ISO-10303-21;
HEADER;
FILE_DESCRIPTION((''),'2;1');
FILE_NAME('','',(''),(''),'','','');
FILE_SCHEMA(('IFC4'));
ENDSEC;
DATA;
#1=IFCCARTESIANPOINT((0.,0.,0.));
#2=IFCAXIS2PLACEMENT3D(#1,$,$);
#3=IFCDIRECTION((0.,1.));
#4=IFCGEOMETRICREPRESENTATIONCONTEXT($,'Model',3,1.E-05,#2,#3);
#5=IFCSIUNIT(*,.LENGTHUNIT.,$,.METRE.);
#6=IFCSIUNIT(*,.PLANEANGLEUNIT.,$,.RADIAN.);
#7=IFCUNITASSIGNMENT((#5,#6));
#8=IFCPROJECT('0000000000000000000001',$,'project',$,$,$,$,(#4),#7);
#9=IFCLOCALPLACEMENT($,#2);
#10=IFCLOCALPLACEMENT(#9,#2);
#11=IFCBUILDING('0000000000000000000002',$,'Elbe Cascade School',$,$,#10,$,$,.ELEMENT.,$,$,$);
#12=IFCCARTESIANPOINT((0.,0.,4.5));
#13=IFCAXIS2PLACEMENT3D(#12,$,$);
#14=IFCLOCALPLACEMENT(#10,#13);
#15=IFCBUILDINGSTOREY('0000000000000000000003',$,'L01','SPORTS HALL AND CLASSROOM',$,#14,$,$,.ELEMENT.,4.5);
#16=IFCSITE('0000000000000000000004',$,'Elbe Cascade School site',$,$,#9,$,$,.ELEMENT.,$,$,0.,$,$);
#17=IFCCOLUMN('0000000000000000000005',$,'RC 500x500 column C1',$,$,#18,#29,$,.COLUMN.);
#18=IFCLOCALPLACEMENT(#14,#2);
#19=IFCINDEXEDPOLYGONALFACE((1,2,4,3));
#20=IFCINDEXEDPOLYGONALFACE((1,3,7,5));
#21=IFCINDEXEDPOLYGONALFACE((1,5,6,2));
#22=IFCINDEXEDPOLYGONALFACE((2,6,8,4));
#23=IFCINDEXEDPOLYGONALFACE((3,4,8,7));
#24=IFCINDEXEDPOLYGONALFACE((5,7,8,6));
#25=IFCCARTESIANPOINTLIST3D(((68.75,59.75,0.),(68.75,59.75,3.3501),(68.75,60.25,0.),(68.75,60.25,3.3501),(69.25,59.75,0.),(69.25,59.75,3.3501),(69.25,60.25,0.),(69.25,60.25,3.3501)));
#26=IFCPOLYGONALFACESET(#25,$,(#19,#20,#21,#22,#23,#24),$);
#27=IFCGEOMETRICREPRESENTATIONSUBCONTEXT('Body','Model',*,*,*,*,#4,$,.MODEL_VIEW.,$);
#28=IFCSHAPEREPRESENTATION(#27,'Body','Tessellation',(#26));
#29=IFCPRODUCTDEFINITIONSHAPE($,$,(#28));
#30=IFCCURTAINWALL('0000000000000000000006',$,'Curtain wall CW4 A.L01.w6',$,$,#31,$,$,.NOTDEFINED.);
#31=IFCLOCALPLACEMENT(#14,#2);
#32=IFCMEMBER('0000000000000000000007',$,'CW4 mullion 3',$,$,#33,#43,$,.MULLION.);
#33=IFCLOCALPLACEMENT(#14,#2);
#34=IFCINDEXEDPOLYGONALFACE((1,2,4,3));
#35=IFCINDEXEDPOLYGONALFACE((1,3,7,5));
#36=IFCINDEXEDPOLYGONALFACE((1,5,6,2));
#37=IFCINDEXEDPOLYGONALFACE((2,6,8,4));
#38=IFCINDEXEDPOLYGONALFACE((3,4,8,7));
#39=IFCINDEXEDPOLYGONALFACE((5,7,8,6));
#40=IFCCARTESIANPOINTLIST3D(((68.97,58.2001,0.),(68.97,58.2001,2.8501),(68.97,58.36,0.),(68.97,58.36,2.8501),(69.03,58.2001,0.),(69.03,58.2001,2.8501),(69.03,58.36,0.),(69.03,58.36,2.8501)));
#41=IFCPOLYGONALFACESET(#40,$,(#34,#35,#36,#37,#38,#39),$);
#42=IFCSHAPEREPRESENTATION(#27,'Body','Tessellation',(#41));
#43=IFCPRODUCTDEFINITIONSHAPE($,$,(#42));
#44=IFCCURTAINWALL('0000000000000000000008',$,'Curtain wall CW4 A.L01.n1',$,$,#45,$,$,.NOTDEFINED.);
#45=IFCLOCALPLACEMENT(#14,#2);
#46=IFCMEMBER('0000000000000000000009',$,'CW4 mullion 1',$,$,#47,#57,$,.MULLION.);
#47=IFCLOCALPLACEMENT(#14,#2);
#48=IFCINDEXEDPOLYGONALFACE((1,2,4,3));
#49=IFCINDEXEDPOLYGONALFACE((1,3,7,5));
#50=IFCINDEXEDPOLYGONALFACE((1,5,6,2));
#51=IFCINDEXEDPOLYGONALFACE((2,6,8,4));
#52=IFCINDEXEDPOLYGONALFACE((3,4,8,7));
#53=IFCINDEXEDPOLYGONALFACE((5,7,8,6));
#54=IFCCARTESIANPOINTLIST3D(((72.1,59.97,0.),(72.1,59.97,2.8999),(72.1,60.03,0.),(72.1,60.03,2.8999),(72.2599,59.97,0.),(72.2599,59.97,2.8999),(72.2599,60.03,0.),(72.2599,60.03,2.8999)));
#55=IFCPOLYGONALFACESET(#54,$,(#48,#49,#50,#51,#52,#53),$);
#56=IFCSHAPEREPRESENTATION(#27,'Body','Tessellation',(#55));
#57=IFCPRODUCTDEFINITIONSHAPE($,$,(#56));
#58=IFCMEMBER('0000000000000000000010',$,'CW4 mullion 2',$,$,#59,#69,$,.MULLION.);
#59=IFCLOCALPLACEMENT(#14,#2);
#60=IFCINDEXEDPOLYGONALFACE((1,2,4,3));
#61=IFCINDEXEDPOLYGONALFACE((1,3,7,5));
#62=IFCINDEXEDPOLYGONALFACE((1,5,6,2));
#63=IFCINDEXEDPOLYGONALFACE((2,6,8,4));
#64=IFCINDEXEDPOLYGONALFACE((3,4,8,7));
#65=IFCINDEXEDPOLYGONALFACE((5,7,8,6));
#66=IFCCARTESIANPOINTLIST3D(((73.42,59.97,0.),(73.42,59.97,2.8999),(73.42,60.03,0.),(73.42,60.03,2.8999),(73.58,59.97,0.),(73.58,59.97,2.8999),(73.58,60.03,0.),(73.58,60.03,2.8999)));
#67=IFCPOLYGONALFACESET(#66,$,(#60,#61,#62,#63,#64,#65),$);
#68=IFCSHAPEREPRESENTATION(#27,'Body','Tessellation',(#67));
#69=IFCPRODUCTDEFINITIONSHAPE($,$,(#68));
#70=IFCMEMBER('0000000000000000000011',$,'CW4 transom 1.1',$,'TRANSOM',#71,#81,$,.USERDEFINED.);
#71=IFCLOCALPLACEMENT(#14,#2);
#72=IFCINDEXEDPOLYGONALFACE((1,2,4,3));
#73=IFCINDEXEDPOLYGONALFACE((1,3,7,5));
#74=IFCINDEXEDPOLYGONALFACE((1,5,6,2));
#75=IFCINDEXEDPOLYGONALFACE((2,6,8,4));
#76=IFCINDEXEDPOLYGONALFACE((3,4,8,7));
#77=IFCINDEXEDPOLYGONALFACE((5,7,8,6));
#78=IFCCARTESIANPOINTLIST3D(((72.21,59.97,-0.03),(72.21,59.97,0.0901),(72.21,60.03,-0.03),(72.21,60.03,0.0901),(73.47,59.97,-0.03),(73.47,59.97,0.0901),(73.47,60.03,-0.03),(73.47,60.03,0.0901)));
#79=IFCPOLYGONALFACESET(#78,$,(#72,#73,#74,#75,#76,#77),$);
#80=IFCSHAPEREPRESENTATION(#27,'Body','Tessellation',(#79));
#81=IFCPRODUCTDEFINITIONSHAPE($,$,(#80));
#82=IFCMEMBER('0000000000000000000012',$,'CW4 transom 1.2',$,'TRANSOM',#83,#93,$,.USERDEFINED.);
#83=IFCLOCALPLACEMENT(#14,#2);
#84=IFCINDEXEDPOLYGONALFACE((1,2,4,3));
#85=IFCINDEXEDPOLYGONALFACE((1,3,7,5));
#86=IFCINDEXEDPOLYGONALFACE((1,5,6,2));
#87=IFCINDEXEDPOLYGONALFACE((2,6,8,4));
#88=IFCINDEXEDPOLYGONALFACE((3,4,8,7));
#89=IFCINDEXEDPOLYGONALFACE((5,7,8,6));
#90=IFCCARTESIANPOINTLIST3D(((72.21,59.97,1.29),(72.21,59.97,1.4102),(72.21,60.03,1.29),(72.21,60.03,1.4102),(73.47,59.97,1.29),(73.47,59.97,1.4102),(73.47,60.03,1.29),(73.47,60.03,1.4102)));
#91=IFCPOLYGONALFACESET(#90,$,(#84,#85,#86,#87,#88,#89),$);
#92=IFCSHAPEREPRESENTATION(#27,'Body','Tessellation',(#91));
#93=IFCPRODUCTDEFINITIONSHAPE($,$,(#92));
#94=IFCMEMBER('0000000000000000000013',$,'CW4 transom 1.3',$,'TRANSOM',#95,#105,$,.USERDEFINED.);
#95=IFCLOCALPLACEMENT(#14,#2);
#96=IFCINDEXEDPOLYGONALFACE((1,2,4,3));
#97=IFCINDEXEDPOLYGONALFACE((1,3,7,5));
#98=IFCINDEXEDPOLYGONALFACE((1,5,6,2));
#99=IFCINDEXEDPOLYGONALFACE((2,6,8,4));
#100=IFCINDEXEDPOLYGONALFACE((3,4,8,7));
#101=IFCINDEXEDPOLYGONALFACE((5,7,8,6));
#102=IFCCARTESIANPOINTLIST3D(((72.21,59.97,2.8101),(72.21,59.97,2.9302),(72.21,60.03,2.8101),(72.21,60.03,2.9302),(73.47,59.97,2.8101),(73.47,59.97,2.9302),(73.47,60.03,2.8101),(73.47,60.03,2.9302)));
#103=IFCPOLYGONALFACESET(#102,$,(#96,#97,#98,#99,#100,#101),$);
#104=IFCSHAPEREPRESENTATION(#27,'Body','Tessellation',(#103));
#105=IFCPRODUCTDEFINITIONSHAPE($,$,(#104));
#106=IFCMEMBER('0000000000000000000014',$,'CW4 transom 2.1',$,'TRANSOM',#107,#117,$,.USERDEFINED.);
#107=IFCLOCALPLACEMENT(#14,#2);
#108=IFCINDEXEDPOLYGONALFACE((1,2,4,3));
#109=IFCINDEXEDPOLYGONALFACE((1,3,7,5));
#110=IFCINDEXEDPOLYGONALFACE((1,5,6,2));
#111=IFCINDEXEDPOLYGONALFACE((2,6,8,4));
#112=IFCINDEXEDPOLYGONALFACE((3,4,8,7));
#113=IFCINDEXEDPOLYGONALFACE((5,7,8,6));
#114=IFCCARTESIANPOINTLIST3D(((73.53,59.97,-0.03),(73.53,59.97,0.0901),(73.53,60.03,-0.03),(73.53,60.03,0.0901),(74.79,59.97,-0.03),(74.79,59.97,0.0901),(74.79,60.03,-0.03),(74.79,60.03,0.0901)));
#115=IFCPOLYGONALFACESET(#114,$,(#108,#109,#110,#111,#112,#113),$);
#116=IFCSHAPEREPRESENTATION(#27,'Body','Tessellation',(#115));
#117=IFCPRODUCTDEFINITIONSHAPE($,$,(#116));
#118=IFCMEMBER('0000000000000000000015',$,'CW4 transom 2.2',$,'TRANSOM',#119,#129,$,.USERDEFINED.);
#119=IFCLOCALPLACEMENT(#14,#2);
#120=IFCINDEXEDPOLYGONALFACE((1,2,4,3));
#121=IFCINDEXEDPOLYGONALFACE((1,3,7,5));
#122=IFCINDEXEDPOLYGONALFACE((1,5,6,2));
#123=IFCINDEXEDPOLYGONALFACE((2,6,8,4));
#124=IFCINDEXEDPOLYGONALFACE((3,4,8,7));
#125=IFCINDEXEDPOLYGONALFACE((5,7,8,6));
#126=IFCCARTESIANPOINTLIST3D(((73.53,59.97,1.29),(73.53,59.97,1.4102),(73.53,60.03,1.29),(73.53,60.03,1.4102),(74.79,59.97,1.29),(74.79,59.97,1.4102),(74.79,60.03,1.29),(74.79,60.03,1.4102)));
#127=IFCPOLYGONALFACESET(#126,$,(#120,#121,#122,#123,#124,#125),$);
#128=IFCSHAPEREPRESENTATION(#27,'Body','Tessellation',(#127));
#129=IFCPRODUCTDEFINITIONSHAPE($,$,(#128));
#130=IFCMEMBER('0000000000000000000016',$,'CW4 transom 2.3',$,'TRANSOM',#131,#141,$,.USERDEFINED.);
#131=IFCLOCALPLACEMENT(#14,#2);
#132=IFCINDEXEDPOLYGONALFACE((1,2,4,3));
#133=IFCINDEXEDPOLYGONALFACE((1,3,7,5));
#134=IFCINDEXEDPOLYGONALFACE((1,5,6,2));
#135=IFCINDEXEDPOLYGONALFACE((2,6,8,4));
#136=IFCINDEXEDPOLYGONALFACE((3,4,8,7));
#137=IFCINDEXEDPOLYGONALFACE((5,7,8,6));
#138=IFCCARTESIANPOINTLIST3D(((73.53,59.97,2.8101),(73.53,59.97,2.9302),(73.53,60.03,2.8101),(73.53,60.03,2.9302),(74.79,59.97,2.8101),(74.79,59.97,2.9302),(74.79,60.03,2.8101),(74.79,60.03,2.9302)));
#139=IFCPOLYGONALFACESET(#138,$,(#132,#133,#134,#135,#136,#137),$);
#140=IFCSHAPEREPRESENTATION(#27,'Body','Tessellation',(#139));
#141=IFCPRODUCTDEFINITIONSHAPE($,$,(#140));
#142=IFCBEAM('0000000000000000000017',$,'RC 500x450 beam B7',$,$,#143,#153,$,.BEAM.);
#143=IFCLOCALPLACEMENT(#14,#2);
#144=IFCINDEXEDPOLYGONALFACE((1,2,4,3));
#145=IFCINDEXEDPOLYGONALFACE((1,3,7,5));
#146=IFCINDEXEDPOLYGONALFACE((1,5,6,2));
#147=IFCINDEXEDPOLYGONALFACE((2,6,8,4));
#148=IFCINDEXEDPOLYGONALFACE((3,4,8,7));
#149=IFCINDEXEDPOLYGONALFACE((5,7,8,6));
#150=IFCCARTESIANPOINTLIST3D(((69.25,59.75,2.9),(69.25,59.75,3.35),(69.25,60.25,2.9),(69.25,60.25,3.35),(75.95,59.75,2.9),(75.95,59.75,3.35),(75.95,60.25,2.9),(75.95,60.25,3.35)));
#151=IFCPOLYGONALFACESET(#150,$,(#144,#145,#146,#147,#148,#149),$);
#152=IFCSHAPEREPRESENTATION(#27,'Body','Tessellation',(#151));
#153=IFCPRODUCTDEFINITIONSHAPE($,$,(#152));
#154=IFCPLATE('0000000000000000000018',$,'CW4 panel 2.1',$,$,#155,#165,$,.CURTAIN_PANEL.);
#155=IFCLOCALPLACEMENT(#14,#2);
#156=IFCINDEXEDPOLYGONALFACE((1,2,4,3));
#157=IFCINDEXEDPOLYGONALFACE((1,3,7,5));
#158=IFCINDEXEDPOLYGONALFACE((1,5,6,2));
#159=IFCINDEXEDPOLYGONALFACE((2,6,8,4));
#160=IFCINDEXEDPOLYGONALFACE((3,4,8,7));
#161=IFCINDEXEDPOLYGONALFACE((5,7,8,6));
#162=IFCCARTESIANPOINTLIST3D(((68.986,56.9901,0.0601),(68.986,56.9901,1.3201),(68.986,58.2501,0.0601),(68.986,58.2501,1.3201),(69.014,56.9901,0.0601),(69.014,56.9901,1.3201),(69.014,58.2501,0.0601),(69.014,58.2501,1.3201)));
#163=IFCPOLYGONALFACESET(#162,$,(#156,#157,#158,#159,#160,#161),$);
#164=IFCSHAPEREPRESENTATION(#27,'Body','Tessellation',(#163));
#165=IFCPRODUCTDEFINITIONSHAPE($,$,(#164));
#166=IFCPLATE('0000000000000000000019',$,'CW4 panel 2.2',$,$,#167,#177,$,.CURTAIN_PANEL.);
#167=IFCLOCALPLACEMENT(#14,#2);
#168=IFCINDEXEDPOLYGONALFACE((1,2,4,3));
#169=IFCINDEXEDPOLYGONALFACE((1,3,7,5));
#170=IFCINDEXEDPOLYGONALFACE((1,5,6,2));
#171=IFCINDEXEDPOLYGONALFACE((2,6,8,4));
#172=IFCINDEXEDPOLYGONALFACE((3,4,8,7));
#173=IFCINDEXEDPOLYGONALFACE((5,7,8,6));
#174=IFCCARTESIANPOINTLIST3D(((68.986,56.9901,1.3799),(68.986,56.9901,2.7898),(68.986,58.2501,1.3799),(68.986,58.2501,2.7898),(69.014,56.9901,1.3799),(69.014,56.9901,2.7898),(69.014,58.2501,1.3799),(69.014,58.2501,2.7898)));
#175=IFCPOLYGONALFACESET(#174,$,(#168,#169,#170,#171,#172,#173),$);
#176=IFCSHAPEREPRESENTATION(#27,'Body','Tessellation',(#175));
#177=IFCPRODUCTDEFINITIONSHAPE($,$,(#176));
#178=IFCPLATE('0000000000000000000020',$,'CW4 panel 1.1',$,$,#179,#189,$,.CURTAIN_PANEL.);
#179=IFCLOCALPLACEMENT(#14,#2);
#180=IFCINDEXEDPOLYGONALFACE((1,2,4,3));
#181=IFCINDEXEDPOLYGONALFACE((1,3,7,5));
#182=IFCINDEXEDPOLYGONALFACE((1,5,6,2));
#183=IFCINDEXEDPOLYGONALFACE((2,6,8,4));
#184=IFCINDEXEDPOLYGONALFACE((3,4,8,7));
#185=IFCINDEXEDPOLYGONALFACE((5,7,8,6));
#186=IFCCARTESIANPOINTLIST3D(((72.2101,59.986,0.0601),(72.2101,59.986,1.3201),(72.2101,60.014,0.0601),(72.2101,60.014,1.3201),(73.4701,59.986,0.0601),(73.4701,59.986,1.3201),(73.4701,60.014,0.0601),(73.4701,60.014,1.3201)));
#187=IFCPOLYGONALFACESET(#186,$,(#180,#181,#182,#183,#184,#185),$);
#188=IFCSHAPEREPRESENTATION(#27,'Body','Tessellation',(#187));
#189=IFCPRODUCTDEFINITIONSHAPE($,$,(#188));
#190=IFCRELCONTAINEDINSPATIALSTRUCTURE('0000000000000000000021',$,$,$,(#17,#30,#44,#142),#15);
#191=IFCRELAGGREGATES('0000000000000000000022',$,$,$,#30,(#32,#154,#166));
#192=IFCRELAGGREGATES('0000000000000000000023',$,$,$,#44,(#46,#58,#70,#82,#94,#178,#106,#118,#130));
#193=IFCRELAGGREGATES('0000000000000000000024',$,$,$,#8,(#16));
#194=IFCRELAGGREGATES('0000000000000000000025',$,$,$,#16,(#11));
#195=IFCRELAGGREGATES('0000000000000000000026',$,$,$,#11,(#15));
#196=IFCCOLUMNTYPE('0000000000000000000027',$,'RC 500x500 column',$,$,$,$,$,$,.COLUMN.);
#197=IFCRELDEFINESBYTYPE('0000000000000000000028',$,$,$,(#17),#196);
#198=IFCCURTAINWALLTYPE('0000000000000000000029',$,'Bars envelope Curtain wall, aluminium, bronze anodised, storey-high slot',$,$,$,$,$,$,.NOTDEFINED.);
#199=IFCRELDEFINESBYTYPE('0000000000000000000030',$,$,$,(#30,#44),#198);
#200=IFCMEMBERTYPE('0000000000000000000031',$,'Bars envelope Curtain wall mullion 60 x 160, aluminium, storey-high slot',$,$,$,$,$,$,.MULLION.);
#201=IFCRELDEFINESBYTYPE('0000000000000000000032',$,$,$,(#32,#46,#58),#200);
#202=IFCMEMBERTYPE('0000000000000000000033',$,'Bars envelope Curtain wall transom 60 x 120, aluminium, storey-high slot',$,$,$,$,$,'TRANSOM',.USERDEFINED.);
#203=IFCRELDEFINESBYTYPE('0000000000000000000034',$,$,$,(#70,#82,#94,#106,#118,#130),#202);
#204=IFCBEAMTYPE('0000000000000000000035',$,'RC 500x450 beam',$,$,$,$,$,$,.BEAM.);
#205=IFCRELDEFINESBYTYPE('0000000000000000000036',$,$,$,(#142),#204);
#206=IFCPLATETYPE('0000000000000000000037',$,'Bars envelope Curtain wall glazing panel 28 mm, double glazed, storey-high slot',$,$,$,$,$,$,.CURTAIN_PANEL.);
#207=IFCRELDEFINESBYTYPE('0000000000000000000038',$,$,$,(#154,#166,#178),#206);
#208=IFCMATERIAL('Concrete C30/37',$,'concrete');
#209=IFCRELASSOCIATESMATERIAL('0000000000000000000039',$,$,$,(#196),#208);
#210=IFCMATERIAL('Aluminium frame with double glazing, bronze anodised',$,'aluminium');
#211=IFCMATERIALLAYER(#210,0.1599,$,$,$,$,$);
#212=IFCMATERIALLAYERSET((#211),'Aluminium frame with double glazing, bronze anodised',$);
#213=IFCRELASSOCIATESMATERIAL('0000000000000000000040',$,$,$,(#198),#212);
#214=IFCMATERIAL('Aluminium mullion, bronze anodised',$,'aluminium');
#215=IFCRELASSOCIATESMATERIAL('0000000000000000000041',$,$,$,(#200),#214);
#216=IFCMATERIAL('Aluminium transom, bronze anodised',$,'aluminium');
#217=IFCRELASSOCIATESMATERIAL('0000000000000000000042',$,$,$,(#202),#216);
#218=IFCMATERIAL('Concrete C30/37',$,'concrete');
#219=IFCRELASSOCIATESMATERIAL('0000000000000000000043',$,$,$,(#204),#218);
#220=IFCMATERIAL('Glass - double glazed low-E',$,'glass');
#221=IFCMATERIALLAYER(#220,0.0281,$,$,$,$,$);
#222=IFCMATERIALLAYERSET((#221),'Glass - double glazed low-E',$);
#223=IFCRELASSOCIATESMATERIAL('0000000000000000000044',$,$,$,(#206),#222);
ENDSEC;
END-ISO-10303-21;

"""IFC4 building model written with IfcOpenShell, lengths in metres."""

from ifc_helpers import new_model, si_unit, direction, frame, origin, origin_2d, place, context, subcontext, project, spatial, rectangle, extrude, material, layer, layer_set, material_profile, profile_set, type_object, element, aggregate, save


model = new_model("IFC4")

# Units and contexts
model_context = context("Model", 3, precision=1e-05, world=origin(), true_north=direction((0.0, 1.0)))
body_context = subcontext(model_context, "Body", "Model", "MODEL_VIEW")
ifc_project = project(units=[si_unit("LENGTHUNIT", "METRE"), si_unit("PLANEANGLEUNIT", "RADIAN")], contexts=[model_context])

# Site, building, storey
site_placement = place(None, origin())
site = spatial("IfcSite", under=ifc_project, at=site_placement, Name="Elbe Cascade School site", CompositionType="ELEMENT", RefElevation=0.0)
building_placement = place(site_placement, origin())
building = spatial("IfcBuilding", under=site, at=building_placement, Name="Elbe Cascade School", CompositionType="ELEMENT")
storey_placement = place(building_placement, frame((0.0, 0.0, 4.5)))
storey = spatial("IfcBuildingStorey", under=building, at=storey_placement, Name="L01", Description="SPORTS HALL AND CLASSROOM", CompositionType="ELEMENT", Elevation=4.5)

# Column
ifc_material_1 = material(Name="Concrete C30/37", Category="concrete")
ifc_material_profile_1 = material_profile(ifc_material_1, rectangle(XDim=0.5, YDim=0.5, at=origin_2d()), Name="RC 500x500")
ifc_profile_set_1 = profile_set([ifc_material_profile_1], Name="Concrete C30/37")
column_type = type_object("IfcColumnType", Name="RC 500x500 column", PredefinedType="COLUMN", material=ifc_profile_set_1)
column_placement = place(storey_placement, frame((69.0, 60.0, 0.0), z_axis=(0.0, 0.0, 1.0), x_axis=(1.0, 0.0, 0.0)))
element("IfcColumn", 1, at=column_placement, inside=storey, type_object=column_type, Name="RC 500x500 column C1", PredefinedType="COLUMN", context=body_context, shape_type="SweptSolid", body=[
    extrude(rectangle(XDim=0.5, YDim=0.5, at=origin_2d()), origin(), (0.0, 0.0, 1.0), 3.3501),
])

# Curtain wall, member
ifc_material_2 = material(Name="Aluminium frame with double glazing, bronze anodised", Category="aluminium")
ifc_layer_1 = layer(ifc_material_2, 0.1599)
ifc_layer_set_1 = layer_set([ifc_layer_1], Name="Aluminium frame with double glazing, bronze anodised")
curtain_wall_type = type_object("IfcCurtainWallType", Name="Bars envelope Curtain wall, aluminium, bronze anodised, storey-high slot", PredefinedType="NOTDEFINED", material=ifc_layer_set_1)
curtain_wall_1_placement = place(storey_placement, origin())
curtain_wall_1 = element("IfcCurtainWall", 2, at=curtain_wall_1_placement, inside=storey, type_object=curtain_wall_type, Name="Curtain wall CW4 A.L01.w6", PredefinedType="NOTDEFINED")
ifc_material_3 = material(Name="Aluminium mullion, bronze anodised", Category="aluminium")
ifc_material_profile_2 = material_profile(ifc_material_3, rectangle(XDim=0.0601, YDim=0.1599, at=origin_2d()), Name="Bars envelope Curtain wall mullion 60 x 160, aluminium, storey-high slot")
ifc_profile_set_2 = profile_set([ifc_material_profile_2], Name="Aluminium mullion, bronze anodised")
member_type_1 = type_object("IfcMemberType", Name="Bars envelope Curtain wall mullion 60 x 160, aluminium, storey-high slot", PredefinedType="MULLION", material=ifc_profile_set_2)
member_1_placement = place(storey_placement, frame((69.0, 58.28, 0.0), z_axis=(0.0, 0.0, 1.0), x_axis=(-1.0, 0.0, 0.0)))
member_1 = element("IfcMember", 3, at=member_1_placement, type_object=member_type_1, Name="CW4 mullion 3", PredefinedType="MULLION", context=body_context, shape_type="SweptSolid", body=[
    extrude(rectangle(XDim=0.0601, YDim=0.1599, at=origin_2d()), origin(), (0.0, 0.0, 1.0), 2.8501),
])

# Curtain wall, members
curtain_wall_2_placement = place(storey_placement, origin())
curtain_wall_2 = element("IfcCurtainWall", 4, at=curtain_wall_2_placement, inside=storey, type_object=curtain_wall_type, Name="Curtain wall CW4 A.L01.n1", PredefinedType="NOTDEFINED")
member_2_placement = place(storey_placement, frame((72.1799, 60.0, 0.0), z_axis=(0.0, 0.0, 1.0), x_axis=(0.0, 1.0, 0.0)))
member_2 = element("IfcMember", 5, at=member_2_placement, type_object=member_type_1, Name="CW4 mullion 1", PredefinedType="MULLION", context=body_context, shape_type="SweptSolid", body=[
    extrude(rectangle(XDim=0.0601, YDim=0.1599, at=origin_2d()), origin(), (0.0, 0.0, 1.0), 2.8999),
])
member_3_placement = place(storey_placement, frame((73.5, 60.0, 0.0), z_axis=(0.0, 0.0, 1.0), x_axis=(0.0, 1.0, 0.0)))
member_3 = element("IfcMember", 6, at=member_3_placement, type_object=member_type_1, Name="CW4 mullion 2", PredefinedType="MULLION", context=body_context, shape_type="SweptSolid", body=[
    extrude(rectangle(XDim=0.0601, YDim=0.1599, at=origin_2d()), origin(), (0.0, 0.0, 1.0), 2.8999),
])
ifc_material_4 = material(Name="Aluminium transom, bronze anodised", Category="aluminium")
ifc_material_profile_3 = material_profile(ifc_material_4, rectangle(XDim=0.0601, YDim=0.1201, at=origin_2d()), Name="Bars envelope Curtain wall transom 60 x 120, aluminium, storey-high slot")
ifc_profile_set_3 = profile_set([ifc_material_profile_3], Name="Aluminium transom, bronze anodised")
member_type_2 = type_object("IfcMemberType", Name="Bars envelope Curtain wall transom 60 x 120, aluminium, storey-high slot", ElementType="TRANSOM", PredefinedType="USERDEFINED", material=ifc_profile_set_3)
member_4_placement = place(storey_placement, frame((72.21, 60.0, 0.03), z_axis=(1.0, 0.0, 0.0), x_axis=(0.0, 1.0, 0.0)))
member_4 = element("IfcMember", 7, at=member_4_placement, type_object=member_type_2, Name="CW4 transom 1.1", ObjectType="TRANSOM", PredefinedType="USERDEFINED", context=body_context, shape_type="SweptSolid", body=[
    extrude(rectangle(XDim=0.0601, YDim=0.1201, at=origin_2d()), origin(), (0.0, 0.0, 1.0), 1.26),
])
member_5_placement = place(storey_placement, frame((72.21, 60.0, 1.3501), z_axis=(1.0, 0.0, 0.0), x_axis=(0.0, 1.0, 0.0)))
member_5 = element("IfcMember", 8, at=member_5_placement, type_object=member_type_2, Name="CW4 transom 1.2", ObjectType="TRANSOM", PredefinedType="USERDEFINED", context=body_context, shape_type="SweptSolid", body=[
    extrude(rectangle(XDim=0.0601, YDim=0.1201, at=origin_2d()), origin(), (0.0, 0.0, 1.0), 1.26),
])
member_6_placement = place(storey_placement, frame((72.21, 60.0, 2.8701), z_axis=(1.0, 0.0, 0.0), x_axis=(0.0, 1.0, 0.0)))
member_6 = element("IfcMember", 9, at=member_6_placement, type_object=member_type_2, Name="CW4 transom 1.3", ObjectType="TRANSOM", PredefinedType="USERDEFINED", context=body_context, shape_type="SweptSolid", body=[
    extrude(rectangle(XDim=0.0601, YDim=0.1201, at=origin_2d()), origin(), (0.0, 0.0, 1.0), 1.26),
])
member_7_placement = place(storey_placement, frame((73.53, 60.0, 0.03), z_axis=(1.0, 0.0, 0.0), x_axis=(0.0, 1.0, 0.0)))
member_7 = element("IfcMember", 10, at=member_7_placement, type_object=member_type_2, Name="CW4 transom 2.1", ObjectType="TRANSOM", PredefinedType="USERDEFINED", context=body_context, shape_type="SweptSolid", body=[
    extrude(rectangle(XDim=0.0601, YDim=0.1201, at=origin_2d()), origin(), (0.0, 0.0, 1.0), 1.26),
])
member_8_placement = place(storey_placement, frame((73.53, 60.0, 1.3501), z_axis=(1.0, 0.0, 0.0), x_axis=(0.0, 1.0, 0.0)))
member_8 = element("IfcMember", 11, at=member_8_placement, type_object=member_type_2, Name="CW4 transom 2.2", ObjectType="TRANSOM", PredefinedType="USERDEFINED", context=body_context, shape_type="SweptSolid", body=[
    extrude(rectangle(XDim=0.0601, YDim=0.1201, at=origin_2d()), origin(), (0.0, 0.0, 1.0), 1.26),
])
member_9_placement = place(storey_placement, frame((73.53, 60.0, 2.8701), z_axis=(1.0, 0.0, 0.0), x_axis=(0.0, 1.0, 0.0)))
member_9 = element("IfcMember", 12, at=member_9_placement, type_object=member_type_2, Name="CW4 transom 2.3", ObjectType="TRANSOM", PredefinedType="USERDEFINED", context=body_context, shape_type="SweptSolid", body=[
    extrude(rectangle(XDim=0.0601, YDim=0.1201, at=origin_2d()), origin(), (0.0, 0.0, 1.0), 1.26),
])

# Beam
ifc_material_5 = material(Name="Concrete C30/37", Category="concrete")
ifc_material_profile_4 = material_profile(ifc_material_5, rectangle(XDim=0.5, YDim=0.45, at=origin_2d()), Name="RC 500x450")
ifc_profile_set_4 = profile_set([ifc_material_profile_4], Name="Concrete C30/37")
beam_type = type_object("IfcBeamType", Name="RC 500x450 beam", PredefinedType="BEAM", material=ifc_profile_set_4)
beam_placement = place(storey_placement, frame((69.25, 60.0, 3.125), z_axis=(1.0, 0.0, 0.0), x_axis=(0.0, 1.0, 0.0)))
element("IfcBeam", 13, at=beam_placement, inside=storey, type_object=beam_type, Name="RC 500x450 beam B7", PredefinedType="BEAM", context=body_context, shape_type="SweptSolid", body=[
    extrude(rectangle(XDim=0.5, YDim=0.45, at=origin_2d()), origin(), (0.0, 0.0, 1.0), 6.7),
])

# Plates
ifc_material_6 = material(Name="Glass - double glazed low-E", Category="glass")
ifc_layer_2 = layer(ifc_material_6, 0.0281)
ifc_layer_set_2 = layer_set([ifc_layer_2], Name="Glass - double glazed low-E")
plate_type = type_object("IfcPlateType", Name="Bars envelope Curtain wall glazing panel 28 mm, double glazed, storey-high slot", PredefinedType="CURTAIN_PANEL", material=ifc_layer_set_2)
plate_1_placement = place(storey_placement, frame((69.0, 57.6201, 0.0601), z_axis=(0.0, 0.0, 1.0), x_axis=(0.0, 1.0, 0.0)))
plate_1 = element("IfcPlate", 14, at=plate_1_placement, type_object=plate_type, Name="CW4 panel 2.1", PredefinedType="CURTAIN_PANEL", context=body_context, shape_type="SweptSolid", body=[
    extrude(rectangle(XDim=1.26, YDim=0.0281, at=origin_2d()), origin(), (0.0, 0.0, 1.0), 1.26),
])
plate_2_placement = place(storey_placement, frame((69.0, 57.6201, 1.3799), z_axis=(0.0, 0.0, 1.0), x_axis=(0.0, 1.0, 0.0)))
plate_2 = element("IfcPlate", 15, at=plate_2_placement, type_object=plate_type, Name="CW4 panel 2.2", PredefinedType="CURTAIN_PANEL", context=body_context, shape_type="SweptSolid", body=[
    extrude(rectangle(XDim=1.26, YDim=0.0281, at=origin_2d()), origin(), (0.0, 0.0, 1.0), 1.4099),
])
aggregate(curtain_wall_1, [member_1, plate_1, plate_2])
plate_3_placement = place(storey_placement, frame((72.8401, 60.0, 0.0601), z_axis=(0.0, 0.0, 1.0), x_axis=(1.0, 0.0, 0.0)))
plate_3 = element("IfcPlate", 16, at=plate_3_placement, type_object=plate_type, Name="CW4 panel 1.1", PredefinedType="CURTAIN_PANEL", context=body_context, shape_type="SweptSolid", body=[
    extrude(rectangle(XDim=1.26, YDim=0.0281, at=origin_2d()), origin(), (0.0, 0.0, 1.0), 1.26),
])
aggregate(curtain_wall_2, [member_2, member_3, member_4, member_5, member_6, plate_3, member_7, member_8, member_9])

save(model, "model.ifc")
